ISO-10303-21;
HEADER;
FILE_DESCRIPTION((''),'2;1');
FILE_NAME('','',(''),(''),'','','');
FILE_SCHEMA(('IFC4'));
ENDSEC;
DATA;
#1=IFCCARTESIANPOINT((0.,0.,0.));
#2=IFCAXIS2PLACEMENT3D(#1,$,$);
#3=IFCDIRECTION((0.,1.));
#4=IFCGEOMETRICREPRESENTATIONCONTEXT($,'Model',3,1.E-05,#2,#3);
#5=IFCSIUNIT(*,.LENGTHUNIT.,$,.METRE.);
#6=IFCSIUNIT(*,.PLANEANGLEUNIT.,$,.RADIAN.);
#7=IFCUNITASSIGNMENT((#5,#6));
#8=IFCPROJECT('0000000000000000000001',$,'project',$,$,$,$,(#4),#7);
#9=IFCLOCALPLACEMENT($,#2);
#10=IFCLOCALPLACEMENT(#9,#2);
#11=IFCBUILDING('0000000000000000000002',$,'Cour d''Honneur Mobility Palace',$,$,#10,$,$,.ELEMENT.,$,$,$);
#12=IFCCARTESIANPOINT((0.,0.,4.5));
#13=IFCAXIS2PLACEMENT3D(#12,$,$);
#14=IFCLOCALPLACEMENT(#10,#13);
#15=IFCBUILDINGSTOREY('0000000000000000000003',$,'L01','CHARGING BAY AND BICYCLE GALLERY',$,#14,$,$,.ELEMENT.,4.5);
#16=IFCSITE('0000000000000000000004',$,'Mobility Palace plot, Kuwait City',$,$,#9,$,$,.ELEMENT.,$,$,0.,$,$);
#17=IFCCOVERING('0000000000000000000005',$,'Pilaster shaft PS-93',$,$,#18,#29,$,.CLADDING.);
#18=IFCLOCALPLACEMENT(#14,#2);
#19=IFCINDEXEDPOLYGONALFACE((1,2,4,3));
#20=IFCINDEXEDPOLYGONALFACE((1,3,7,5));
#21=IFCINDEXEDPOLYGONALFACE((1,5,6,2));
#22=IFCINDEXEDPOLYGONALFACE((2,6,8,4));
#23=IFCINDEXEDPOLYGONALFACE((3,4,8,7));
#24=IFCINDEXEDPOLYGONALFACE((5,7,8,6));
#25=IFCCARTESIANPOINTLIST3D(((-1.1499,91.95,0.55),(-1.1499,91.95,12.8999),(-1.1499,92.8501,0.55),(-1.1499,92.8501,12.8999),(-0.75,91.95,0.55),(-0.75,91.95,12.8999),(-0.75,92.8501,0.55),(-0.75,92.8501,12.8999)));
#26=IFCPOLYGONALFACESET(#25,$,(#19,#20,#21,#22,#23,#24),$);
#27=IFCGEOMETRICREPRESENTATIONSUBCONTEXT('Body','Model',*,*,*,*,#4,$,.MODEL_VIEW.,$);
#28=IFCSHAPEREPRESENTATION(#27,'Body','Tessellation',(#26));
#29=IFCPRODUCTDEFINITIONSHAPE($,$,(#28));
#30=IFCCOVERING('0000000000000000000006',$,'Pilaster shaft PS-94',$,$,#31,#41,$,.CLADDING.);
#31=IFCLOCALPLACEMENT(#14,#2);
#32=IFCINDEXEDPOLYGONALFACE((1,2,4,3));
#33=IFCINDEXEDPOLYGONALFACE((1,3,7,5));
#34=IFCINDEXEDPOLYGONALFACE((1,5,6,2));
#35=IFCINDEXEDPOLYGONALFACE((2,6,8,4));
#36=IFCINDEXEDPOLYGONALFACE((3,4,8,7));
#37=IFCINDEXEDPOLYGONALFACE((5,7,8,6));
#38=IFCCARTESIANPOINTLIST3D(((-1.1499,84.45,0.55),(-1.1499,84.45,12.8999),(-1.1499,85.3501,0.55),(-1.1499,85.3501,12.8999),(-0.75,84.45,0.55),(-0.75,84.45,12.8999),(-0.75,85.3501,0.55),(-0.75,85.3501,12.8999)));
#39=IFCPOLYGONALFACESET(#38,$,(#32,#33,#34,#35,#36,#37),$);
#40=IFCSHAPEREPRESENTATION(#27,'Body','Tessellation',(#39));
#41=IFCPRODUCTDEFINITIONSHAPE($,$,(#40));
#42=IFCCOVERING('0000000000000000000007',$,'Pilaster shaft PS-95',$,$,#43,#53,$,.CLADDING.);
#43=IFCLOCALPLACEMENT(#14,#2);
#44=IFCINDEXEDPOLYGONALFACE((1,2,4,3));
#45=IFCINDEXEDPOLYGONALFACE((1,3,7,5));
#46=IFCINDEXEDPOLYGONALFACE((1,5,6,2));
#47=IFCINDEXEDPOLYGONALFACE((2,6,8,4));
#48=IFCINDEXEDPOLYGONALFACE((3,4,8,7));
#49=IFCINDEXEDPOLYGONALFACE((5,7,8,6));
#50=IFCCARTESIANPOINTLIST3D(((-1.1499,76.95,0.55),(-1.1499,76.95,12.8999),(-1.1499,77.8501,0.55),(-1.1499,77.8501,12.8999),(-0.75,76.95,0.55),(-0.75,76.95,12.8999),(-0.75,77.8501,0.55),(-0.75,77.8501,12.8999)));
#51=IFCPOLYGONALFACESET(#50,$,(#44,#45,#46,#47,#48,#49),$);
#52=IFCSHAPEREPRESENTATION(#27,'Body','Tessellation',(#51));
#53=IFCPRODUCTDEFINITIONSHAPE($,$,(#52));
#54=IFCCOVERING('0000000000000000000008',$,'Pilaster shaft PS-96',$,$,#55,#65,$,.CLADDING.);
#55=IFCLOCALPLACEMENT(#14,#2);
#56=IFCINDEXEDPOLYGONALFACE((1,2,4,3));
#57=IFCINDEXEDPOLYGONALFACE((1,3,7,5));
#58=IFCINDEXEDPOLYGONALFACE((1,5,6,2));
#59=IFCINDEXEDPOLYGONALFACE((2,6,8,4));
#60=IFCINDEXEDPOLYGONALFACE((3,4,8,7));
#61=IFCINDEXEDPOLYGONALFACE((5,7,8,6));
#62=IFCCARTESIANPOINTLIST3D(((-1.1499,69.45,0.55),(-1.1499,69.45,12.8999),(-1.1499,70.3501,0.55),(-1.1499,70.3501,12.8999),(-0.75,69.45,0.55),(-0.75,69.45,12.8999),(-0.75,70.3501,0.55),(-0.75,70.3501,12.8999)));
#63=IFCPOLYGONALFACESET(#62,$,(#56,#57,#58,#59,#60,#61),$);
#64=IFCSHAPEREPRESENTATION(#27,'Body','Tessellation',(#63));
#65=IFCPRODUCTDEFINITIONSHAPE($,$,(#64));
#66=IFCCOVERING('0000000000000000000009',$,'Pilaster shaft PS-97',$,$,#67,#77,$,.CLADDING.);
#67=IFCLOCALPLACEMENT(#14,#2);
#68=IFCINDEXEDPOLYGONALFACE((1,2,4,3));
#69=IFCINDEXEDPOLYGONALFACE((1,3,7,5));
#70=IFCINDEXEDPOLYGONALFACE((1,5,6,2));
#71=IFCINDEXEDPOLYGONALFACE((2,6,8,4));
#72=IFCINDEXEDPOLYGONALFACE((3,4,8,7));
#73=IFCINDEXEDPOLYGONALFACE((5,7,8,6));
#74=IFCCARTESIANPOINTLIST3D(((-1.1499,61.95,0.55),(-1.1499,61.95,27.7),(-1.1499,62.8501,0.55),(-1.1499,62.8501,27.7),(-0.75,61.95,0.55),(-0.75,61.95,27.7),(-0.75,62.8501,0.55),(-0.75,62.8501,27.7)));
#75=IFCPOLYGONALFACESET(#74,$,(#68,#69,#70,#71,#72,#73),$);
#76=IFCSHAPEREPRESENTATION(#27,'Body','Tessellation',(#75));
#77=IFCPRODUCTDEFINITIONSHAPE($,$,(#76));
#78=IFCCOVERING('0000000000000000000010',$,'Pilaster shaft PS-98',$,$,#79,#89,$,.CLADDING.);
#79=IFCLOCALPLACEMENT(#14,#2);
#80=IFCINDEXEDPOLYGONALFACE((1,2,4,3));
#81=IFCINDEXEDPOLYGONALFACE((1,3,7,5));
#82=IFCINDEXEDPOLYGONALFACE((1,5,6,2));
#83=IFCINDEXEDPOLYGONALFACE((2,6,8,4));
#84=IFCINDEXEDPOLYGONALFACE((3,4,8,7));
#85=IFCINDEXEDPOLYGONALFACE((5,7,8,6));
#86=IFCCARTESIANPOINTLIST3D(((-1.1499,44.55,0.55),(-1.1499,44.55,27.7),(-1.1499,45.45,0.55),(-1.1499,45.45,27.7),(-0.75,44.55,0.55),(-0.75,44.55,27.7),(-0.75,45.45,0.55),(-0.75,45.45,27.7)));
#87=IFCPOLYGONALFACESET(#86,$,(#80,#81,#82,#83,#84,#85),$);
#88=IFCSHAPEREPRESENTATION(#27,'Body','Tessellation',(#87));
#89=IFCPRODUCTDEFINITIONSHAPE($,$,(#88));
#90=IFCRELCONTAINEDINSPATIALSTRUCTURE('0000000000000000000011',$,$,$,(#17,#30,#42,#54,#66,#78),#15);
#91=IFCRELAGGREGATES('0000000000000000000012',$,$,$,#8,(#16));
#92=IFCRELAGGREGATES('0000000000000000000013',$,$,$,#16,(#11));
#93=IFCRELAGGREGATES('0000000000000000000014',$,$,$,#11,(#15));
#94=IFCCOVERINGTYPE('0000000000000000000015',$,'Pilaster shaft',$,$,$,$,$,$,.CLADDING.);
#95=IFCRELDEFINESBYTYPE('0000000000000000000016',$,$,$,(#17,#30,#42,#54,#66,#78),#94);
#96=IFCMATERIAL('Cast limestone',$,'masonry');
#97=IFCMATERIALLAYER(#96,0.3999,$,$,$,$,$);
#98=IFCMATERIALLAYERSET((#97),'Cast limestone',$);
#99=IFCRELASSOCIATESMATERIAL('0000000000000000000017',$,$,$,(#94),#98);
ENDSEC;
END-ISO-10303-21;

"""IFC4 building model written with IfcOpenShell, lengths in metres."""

from ifc_helpers import new_model, si_unit, direction, frame, origin, place, context, subcontext, project, spatial, polyline, outline, extrude, material, layer, layer_set, type_object, element, save


model = new_model("IFC4")

# Units and contexts
model_context = context("Model", 3, precision=1e-05, world=origin(), true_north=direction((0.0, 1.0)))
body_context = subcontext(model_context, "Body", "Model", "MODEL_VIEW")
ifc_project = project(units=[si_unit("LENGTHUNIT", "METRE"), si_unit("PLANEANGLEUNIT", "RADIAN")], contexts=[model_context])

# Site, building, storey
site_placement = place(None, origin())
site = spatial("IfcSite", under=ifc_project, at=site_placement, Name="Mobility Palace plot, Kuwait City", CompositionType="ELEMENT", RefElevation=0.0)
building_placement = place(site_placement, origin())
building = spatial("IfcBuilding", under=site, at=building_placement, Name="Cour d'Honneur Mobility Palace", CompositionType="ELEMENT")
storey_placement = place(building_placement, frame((0.0, 0.0, 4.5)))
storey = spatial("IfcBuildingStorey", under=building, at=storey_placement, Name="L01", Description="CHARGING BAY AND BICYCLE GALLERY", CompositionType="ELEMENT", Elevation=4.5)

# Coverings
ifc_material = material(Name="Cast limestone", Category="masonry")
ifc_layer = layer(ifc_material, 0.3999)
ifc_layer_set = layer_set([ifc_layer], Name="Cast limestone")
covering_type = type_object("IfcCoveringType", Name="Pilaster shaft", PredefinedType="CLADDING", material=ifc_layer_set)
covering_1_placement = place(storey_placement, frame((0.0, 0.0, 0.55)))
element("IfcCovering", 1, at=covering_1_placement, inside=storey, type_object=covering_type, Name="Pilaster shaft PS-93", PredefinedType="CLADDING", context=body_context, shape_type="SweptSolid", body=[
    extrude(outline(polyline([(-0.75, 92.8501), (-0.75, 91.95), (-1.1499, 91.95), (-1.1499, 92.8501), (-0.75, 92.8501)])), origin(), (0.0, 0.0, 1.0), 12.3499),
])
covering_2_placement = place(storey_placement, frame((0.0, 0.0, 0.55)))
element("IfcCovering", 2, at=covering_2_placement, inside=storey, type_object=covering_type, Name="Pilaster shaft PS-94", PredefinedType="CLADDING", context=body_context, shape_type="SweptSolid", body=[
    extrude(outline(polyline([(-0.75, 85.3501), (-0.75, 84.45), (-1.1499, 84.45), (-1.1499, 85.3501), (-0.75, 85.3501)])), origin(), (0.0, 0.0, 1.0), 12.3499),
])
covering_3_placement = place(storey_placement, frame((0.0, 0.0, 0.55)))
element("IfcCovering", 3, at=covering_3_placement, inside=storey, type_object=covering_type, Name="Pilaster shaft PS-95", PredefinedType="CLADDING", context=body_context, shape_type="SweptSolid", body=[
    extrude(outline(polyline([(-0.75, 77.8501), (-0.75, 76.95), (-1.1499, 76.95), (-1.1499, 77.8501), (-0.75, 77.8501)])), origin(), (0.0, 0.0, 1.0), 12.3499),
])
covering_4_placement = place(storey_placement, frame((0.0, 0.0, 0.55)))
element("IfcCovering", 4, at=covering_4_placement, inside=storey, type_object=covering_type, Name="Pilaster shaft PS-96", PredefinedType="CLADDING", context=body_context, shape_type="SweptSolid", body=[
    extrude(outline(polyline([(-0.75, 70.3501), (-0.75, 69.45), (-1.1499, 69.45), (-1.1499, 70.3501), (-0.75, 70.3501)])), origin(), (0.0, 0.0, 1.0), 12.3499),
])
covering_5_placement = place(storey_placement, frame((0.0, 0.0, 0.55)))
element("IfcCovering", 5, at=covering_5_placement, inside=storey, type_object=covering_type, Name="Pilaster shaft PS-97", PredefinedType="CLADDING", context=body_context, shape_type="SweptSolid", body=[
    extrude(outline(polyline([(-0.75, 62.8501), (-0.75, 61.95), (-1.1499, 61.95), (-1.1499, 62.8501), (-0.75, 62.8501)])), origin(), (0.0, 0.0, 1.0), 27.1499),
])
covering_6_placement = place(storey_placement, frame((0.0, 0.0, 0.55)))
element("IfcCovering", 6, at=covering_6_placement, inside=storey, type_object=covering_type, Name="Pilaster shaft PS-98", PredefinedType="CLADDING", context=body_context, shape_type="SweptSolid", body=[
    extrude(outline(polyline([(-0.75, 45.45), (-0.75, 44.55), (-1.1499, 44.55), (-1.1499, 45.45), (-0.75, 45.45)])), origin(), (0.0, 0.0, 1.0), 27.1499),
])

save(model, "model.ifc")
